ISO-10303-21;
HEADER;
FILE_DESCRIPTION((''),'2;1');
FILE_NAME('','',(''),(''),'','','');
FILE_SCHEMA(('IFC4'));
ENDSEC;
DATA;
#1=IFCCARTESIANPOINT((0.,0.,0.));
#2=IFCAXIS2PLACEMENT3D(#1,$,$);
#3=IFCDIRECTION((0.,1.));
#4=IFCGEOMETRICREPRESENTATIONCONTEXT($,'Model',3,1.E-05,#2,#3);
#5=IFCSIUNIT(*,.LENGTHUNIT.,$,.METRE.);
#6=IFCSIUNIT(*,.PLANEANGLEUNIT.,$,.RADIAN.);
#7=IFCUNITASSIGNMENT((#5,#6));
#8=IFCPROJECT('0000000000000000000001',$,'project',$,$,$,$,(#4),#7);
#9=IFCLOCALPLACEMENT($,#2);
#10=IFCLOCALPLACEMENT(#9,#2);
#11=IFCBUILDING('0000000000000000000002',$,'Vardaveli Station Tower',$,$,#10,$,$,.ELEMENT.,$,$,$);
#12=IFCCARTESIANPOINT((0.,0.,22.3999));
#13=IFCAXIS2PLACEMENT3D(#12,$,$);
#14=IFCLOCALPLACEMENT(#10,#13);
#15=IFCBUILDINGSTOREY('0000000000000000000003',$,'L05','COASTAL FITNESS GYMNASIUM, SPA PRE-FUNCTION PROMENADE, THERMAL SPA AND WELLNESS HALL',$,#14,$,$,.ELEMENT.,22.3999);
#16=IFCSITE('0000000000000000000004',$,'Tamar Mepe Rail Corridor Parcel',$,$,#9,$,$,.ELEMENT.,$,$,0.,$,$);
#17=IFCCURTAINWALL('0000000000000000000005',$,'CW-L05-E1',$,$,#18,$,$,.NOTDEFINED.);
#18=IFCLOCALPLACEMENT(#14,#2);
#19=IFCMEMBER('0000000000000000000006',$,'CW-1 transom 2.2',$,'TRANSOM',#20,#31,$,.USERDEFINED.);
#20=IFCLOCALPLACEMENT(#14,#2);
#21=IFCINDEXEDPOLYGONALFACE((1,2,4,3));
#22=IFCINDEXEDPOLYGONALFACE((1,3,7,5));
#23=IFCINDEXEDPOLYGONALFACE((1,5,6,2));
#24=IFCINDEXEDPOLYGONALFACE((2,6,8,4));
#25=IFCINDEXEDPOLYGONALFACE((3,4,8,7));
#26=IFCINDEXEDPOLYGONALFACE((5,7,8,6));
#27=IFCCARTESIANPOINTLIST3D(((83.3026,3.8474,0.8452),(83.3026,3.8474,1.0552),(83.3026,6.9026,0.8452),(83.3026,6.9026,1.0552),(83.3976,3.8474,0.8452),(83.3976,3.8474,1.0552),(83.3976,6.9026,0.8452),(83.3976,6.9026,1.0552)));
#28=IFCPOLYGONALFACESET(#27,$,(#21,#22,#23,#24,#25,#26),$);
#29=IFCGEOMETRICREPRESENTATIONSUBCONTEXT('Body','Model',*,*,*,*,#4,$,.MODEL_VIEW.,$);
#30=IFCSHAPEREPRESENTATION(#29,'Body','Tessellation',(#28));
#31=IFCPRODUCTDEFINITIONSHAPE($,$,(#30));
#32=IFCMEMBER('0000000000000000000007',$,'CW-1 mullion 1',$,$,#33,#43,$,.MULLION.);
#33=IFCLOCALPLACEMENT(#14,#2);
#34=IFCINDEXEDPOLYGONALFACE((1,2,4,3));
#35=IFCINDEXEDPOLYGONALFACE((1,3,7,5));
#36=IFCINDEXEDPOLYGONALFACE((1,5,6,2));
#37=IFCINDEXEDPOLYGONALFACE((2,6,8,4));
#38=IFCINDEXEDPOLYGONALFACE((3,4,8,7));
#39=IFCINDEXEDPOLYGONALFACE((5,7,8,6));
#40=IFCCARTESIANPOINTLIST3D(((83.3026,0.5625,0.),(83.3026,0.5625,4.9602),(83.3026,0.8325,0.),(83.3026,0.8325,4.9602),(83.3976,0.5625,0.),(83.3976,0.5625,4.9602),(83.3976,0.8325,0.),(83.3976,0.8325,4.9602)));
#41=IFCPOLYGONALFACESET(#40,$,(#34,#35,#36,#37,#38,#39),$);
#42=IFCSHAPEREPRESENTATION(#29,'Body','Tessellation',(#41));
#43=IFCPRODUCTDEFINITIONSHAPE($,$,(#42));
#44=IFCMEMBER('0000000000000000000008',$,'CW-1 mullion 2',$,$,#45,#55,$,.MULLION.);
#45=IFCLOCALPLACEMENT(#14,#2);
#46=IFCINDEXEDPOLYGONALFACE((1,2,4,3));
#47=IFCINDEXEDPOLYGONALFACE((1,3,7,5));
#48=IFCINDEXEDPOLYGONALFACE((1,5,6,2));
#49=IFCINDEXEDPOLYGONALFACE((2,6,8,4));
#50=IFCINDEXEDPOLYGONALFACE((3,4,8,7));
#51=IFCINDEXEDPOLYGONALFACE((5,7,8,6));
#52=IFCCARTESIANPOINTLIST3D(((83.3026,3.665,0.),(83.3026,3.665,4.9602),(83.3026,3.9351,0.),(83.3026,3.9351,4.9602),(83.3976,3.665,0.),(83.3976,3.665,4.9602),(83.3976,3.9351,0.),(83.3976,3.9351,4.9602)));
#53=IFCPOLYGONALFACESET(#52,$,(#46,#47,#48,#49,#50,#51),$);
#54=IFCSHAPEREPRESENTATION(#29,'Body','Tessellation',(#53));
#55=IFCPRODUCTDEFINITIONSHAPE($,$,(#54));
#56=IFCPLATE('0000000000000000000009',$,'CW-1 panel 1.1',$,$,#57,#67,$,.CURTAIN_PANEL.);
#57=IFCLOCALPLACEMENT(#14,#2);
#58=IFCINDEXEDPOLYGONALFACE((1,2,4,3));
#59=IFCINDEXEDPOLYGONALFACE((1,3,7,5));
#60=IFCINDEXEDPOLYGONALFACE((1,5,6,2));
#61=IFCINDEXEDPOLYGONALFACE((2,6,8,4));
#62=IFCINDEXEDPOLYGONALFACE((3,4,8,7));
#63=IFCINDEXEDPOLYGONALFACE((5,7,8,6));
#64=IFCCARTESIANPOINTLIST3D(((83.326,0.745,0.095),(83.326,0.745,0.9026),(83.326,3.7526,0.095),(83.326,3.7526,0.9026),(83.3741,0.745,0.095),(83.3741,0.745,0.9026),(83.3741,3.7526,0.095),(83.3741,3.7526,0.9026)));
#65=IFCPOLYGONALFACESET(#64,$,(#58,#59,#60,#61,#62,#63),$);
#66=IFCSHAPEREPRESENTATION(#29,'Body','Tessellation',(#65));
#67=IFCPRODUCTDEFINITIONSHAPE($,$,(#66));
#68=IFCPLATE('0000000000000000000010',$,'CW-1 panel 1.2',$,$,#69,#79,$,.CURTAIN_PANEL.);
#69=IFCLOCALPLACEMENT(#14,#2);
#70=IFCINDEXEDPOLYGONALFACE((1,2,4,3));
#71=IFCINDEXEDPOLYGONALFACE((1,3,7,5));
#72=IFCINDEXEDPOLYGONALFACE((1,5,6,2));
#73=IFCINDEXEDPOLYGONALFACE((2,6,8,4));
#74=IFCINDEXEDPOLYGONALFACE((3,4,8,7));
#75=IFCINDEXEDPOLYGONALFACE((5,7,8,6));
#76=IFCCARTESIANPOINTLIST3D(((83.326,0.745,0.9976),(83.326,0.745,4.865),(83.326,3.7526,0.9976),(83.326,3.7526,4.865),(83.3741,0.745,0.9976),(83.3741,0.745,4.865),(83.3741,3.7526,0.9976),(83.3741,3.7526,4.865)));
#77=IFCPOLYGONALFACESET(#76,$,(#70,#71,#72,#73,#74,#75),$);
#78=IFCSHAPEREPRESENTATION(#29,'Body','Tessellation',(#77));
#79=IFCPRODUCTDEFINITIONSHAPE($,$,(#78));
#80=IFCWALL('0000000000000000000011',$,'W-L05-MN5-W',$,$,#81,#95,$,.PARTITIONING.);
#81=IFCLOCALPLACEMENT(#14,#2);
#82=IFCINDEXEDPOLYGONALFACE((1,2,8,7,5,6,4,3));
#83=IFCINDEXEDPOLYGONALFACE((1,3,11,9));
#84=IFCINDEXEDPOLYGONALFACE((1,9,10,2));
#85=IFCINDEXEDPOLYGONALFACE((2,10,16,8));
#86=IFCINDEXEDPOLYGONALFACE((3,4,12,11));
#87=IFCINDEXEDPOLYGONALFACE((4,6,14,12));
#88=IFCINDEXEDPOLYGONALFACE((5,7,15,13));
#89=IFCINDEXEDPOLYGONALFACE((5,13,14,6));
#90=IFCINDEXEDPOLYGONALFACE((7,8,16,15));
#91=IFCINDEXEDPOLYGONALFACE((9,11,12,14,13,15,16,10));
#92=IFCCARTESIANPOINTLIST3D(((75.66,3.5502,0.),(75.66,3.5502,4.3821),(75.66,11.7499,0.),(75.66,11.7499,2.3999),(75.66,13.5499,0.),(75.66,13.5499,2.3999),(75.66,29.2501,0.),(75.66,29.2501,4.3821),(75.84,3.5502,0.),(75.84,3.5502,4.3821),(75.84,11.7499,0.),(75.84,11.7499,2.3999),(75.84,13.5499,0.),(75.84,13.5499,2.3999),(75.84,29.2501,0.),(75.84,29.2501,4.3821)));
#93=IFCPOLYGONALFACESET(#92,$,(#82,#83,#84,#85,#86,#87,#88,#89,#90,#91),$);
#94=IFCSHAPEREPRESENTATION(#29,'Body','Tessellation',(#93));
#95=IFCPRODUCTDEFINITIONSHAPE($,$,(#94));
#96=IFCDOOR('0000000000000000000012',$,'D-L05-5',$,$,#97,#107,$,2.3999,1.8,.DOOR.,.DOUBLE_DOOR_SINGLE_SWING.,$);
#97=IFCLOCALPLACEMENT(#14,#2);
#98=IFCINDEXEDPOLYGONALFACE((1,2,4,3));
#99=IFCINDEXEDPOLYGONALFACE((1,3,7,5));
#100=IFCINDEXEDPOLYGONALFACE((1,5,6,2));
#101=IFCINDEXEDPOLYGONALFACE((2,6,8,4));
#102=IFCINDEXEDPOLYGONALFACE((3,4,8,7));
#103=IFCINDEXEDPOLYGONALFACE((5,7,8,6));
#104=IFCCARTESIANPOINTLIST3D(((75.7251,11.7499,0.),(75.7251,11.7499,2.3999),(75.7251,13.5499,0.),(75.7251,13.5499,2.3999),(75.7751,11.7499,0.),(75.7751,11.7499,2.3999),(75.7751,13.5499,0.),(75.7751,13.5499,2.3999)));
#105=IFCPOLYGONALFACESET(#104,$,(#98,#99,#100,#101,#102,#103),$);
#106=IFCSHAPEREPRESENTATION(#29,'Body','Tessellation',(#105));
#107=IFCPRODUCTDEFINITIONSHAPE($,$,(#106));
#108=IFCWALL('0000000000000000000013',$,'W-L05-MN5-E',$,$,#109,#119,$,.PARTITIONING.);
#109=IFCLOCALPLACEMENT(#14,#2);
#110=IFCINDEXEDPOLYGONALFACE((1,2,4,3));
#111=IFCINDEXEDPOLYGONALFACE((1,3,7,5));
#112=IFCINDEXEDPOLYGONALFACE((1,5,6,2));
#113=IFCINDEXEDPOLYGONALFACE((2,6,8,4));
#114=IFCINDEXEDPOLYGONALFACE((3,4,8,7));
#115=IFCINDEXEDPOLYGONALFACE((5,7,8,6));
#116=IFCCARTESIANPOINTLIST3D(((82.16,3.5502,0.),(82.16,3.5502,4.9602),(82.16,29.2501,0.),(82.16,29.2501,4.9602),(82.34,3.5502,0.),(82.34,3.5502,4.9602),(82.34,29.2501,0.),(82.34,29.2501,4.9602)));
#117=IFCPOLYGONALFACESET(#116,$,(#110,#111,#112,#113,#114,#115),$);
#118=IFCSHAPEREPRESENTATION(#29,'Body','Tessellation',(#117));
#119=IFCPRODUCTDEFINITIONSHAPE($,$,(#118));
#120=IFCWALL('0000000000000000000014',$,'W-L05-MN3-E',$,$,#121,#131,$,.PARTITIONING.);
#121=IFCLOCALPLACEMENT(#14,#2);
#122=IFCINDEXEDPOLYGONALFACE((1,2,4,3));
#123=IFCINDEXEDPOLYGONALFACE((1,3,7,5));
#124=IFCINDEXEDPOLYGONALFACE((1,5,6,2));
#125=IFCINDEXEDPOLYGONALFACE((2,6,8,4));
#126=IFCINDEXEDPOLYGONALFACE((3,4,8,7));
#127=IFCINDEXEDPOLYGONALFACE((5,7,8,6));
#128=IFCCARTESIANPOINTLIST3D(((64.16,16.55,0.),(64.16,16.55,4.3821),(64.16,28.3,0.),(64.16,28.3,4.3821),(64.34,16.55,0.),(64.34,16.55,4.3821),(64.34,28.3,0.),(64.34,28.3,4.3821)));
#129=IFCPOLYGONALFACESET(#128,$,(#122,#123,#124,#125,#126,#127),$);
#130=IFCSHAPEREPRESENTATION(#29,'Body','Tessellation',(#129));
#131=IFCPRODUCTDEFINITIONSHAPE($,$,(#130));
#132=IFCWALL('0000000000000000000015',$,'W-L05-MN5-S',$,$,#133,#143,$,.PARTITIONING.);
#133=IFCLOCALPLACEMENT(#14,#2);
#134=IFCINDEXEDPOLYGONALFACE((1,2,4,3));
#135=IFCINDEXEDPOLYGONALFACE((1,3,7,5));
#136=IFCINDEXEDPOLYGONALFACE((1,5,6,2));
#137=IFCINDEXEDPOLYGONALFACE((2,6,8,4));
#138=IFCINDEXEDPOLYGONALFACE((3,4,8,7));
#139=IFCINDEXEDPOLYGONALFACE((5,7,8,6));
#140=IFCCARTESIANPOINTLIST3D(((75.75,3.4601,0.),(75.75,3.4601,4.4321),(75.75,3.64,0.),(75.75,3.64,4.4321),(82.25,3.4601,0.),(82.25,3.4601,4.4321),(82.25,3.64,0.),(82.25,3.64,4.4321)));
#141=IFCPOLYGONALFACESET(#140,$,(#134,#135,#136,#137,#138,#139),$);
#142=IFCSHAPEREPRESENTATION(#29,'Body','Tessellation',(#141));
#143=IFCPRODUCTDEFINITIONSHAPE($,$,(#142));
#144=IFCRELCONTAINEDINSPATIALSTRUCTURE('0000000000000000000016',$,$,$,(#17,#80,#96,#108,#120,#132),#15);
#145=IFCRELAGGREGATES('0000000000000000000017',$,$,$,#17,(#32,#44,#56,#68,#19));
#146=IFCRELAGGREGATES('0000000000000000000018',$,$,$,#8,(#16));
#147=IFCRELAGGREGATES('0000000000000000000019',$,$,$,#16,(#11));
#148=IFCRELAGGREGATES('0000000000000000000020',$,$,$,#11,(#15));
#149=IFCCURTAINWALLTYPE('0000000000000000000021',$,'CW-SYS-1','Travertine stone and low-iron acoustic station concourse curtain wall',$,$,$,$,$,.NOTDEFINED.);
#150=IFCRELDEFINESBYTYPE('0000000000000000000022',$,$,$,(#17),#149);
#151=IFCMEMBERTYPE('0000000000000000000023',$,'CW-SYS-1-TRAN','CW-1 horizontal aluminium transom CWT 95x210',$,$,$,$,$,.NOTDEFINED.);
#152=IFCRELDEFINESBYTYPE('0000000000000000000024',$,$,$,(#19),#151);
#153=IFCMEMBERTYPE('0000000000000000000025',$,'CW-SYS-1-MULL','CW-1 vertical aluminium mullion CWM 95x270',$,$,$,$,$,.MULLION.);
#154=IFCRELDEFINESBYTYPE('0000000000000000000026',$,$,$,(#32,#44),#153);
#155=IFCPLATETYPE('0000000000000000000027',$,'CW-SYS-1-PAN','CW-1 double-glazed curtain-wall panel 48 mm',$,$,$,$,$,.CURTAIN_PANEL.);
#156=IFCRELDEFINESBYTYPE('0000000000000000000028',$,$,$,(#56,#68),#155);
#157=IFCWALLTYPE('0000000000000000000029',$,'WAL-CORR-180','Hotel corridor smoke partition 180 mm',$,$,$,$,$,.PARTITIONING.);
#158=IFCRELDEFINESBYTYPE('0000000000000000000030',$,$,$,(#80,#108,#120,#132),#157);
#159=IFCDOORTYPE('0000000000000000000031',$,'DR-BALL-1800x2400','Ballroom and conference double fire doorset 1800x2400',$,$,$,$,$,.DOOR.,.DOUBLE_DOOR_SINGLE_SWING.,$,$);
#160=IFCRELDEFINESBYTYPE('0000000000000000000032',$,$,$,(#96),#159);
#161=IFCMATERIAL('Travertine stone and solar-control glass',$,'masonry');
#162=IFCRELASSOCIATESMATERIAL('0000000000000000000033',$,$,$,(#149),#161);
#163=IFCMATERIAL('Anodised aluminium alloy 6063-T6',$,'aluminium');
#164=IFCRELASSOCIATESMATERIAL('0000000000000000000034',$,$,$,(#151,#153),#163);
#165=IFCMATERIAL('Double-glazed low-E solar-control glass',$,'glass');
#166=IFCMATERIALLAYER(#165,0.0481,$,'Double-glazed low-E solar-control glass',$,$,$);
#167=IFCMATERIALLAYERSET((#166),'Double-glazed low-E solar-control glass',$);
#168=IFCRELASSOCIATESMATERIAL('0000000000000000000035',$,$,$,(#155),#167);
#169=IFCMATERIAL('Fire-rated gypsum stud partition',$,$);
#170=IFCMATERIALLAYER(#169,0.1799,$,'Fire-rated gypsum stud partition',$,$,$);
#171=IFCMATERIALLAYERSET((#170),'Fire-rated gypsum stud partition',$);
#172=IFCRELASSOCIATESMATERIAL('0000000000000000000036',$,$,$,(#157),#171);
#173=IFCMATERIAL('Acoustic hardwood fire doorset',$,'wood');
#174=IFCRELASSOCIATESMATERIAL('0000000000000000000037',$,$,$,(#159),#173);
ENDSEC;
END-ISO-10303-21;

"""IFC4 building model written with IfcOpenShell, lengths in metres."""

from ifc_helpers import new_model, si_unit, direction, frame, frame_2d, origin, origin_2d, place, context, subcontext, project, spatial, rectangle, extrude, source, transform, mapped, material, layer, layer_set, material_profile, profile_set, type_object, element, fill, aggregate, save


model = new_model("IFC4")

# Units and contexts
model_context = context("Model", 3, precision=1e-05, world=origin(), true_north=direction((0.0, 1.0)))
body_context = subcontext(model_context, "Body", "Model", "MODEL_VIEW")
ifc_project = project(units=[si_unit("LENGTHUNIT", "METRE"), si_unit("PLANEANGLEUNIT", "RADIAN")], contexts=[model_context])

# Site, building, storey
site_placement = place(None, origin())
site = spatial("IfcSite", under=ifc_project, at=site_placement, Name="Tamar Mepe Rail Corridor Parcel", CompositionType="ELEMENT", RefElevation=0.0)
building_placement = place(site_placement, origin())
building = spatial("IfcBuilding", under=site, at=building_placement, Name="Vardaveli Station Tower", CompositionType="ELEMENT")
storey_placement = place(building_placement, frame((0.0, 0.0, 22.3999)))
storey = spatial("IfcBuildingStorey", under=building, at=storey_placement, Name="L05", Description="COASTAL FITNESS GYMNASIUM, SPA PRE-FUNCTION PROMENADE, THERMAL SPA AND WELLNESS HALL", CompositionType="ELEMENT", Elevation=22.3999)

# Curtain wall, members, plates
ifc_material_1 = material(Name="Travertine stone and solar-control glass", Category="masonry")
curtain_wall_type = type_object("IfcCurtainWallType", Name="CW-SYS-1", Description="Travertine stone and low-iron acoustic station concourse curtain wall", PredefinedType="NOTDEFINED", material=ifc_material_1)
curtain_wall_placement = place(storey_placement, origin())
curtain_wall = element("IfcCurtainWall", 1, at=curtain_wall_placement, inside=storey, type_object=curtain_wall_type, Name="CW-L05-E1", PredefinedType="NOTDEFINED")
ifc_material_2 = material(Name="Anodised aluminium alloy 6063-T6", Category="aluminium")
ifc_material_profile_1 = material_profile(ifc_material_2, rectangle(XDim=0.095, YDim=0.21, at=origin_2d()), Name="CWT 95x210")
ifc_profile_set_1 = profile_set([ifc_material_profile_1], Name="Anodised aluminium alloy 6063-T6")
member_type_1 = type_object("IfcMemberType", Name="CW-SYS-1-TRAN", Description="CW-1 horizontal aluminium transom CWT 95x210", PredefinedType="NOTDEFINED", material=ifc_profile_set_1)
shared_shape_1 = source(origin(), body_context, "Body", "SweptSolid", [
    extrude(rectangle(XDim=0.095, YDim=0.21, at=origin_2d()), origin(), (0.0, 0.0, 1.0), 3.0552),
])
member_1_placement = place(storey_placement, frame((83.3501, 3.8474, 0.9502), z_axis=(0.0, 1.0, 0.0), x_axis=(-1.0, 0.0, 0.0)))
member_1 = element("IfcMember", 2, at=member_1_placement, type_object=member_type_1, Name="CW-1 transom 2.2", ObjectType="TRANSOM", PredefinedType="USERDEFINED", context=body_context, shape_type="MappedRepresentation", body=[
    mapped(shared_shape_1, transform((0.0, 0.0, 0.0), scale=1.0)),
])
ifc_material_profile_2 = material_profile(ifc_material_2, rectangle(XDim=0.095, YDim=0.27, at=origin_2d()), Name="CWM 95x270")
ifc_profile_set_2 = profile_set([ifc_material_profile_2], Name="Anodised aluminium alloy 6063-T6")
member_type_2 = type_object("IfcMemberType", Name="CW-SYS-1-MULL", Description="CW-1 vertical aluminium mullion CWM 95x270", PredefinedType="MULLION", material=ifc_profile_set_2)
shared_shape_2 = source(origin(), body_context, "Body", "SweptSolid", [
    extrude(rectangle(XDim=0.095, YDim=0.27, at=origin_2d()), origin(), (0.0, 0.0, 1.0), 4.9602),
])
member_2_placement = place(storey_placement, frame((83.3501, 0.6975, 0.0), z_axis=(0.0, 0.0, 1.0), x_axis=(-1.0, 0.0, 0.0)))
member_2 = element("IfcMember", 3, at=member_2_placement, type_object=member_type_2, Name="CW-1 mullion 1", PredefinedType="MULLION", context=body_context, shape_type="MappedRepresentation", body=[
    mapped(shared_shape_2, transform((0.0, 0.0, 0.0), scale=1.0)),
])
member_3_placement = place(storey_placement, frame((83.3501, 3.8, 0.0), z_axis=(0.0, 0.0, 1.0), x_axis=(-1.0, 0.0, 0.0)))
member_3 = element("IfcMember", 4, at=member_3_placement, type_object=member_type_2, Name="CW-1 mullion 2", PredefinedType="MULLION", context=body_context, shape_type="MappedRepresentation", body=[
    mapped(shared_shape_2, transform((0.0, 0.0, 0.0), scale=1.0)),
])
ifc_material_3 = material(Name="Double-glazed low-E solar-control glass", Category="glass")
ifc_layer_1 = layer(ifc_material_3, 0.0481, Name="Double-glazed low-E solar-control glass")
ifc_layer_set_1 = layer_set([ifc_layer_1], Name="Double-glazed low-E solar-control glass")
plate_type = type_object("IfcPlateType", Name="CW-SYS-1-PAN", Description="CW-1 double-glazed curtain-wall panel 48 mm", PredefinedType="CURTAIN_PANEL", material=ifc_layer_set_1)
shared_shape_3 = source(origin(), body_context, "Body", "SweptSolid", [
    extrude(rectangle(XDim=3.0076, YDim=0.0481, at=origin_2d()), origin(), (0.0, 0.0, 1.0), 0.8076),
])
plate_1_placement = place(storey_placement, frame((83.3501, 2.2488, 0.095), z_axis=(0.0, 0.0, 1.0), x_axis=(0.0, 1.0, 0.0)))
plate_1 = element("IfcPlate", 5, at=plate_1_placement, type_object=plate_type, Name="CW-1 panel 1.1", PredefinedType="CURTAIN_PANEL", context=body_context, shape_type="MappedRepresentation", body=[
    mapped(shared_shape_3, transform((0.0, 0.0, 0.0), scale=1.0)),
])
shared_shape_4 = source(origin(), body_context, "Body", "SweptSolid", [
    extrude(rectangle(XDim=3.0076, YDim=0.0481, at=origin_2d()), origin(), (0.0, 0.0, 1.0), 3.8674),
])
plate_2_placement = place(storey_placement, frame((83.3501, 2.2488, 0.9976), z_axis=(0.0, 0.0, 1.0), x_axis=(0.0, 1.0, 0.0)))
plate_2 = element("IfcPlate", 6, at=plate_2_placement, type_object=plate_type, Name="CW-1 panel 1.2", PredefinedType="CURTAIN_PANEL", context=body_context, shape_type="MappedRepresentation", body=[
    mapped(shared_shape_4, transform((0.0, 0.0, 0.0), scale=1.0)),
])
aggregate(curtain_wall, [member_2, member_3, plate_1, plate_2, member_1])

# Wall, opening, door
ifc_material_4 = material(Name="Fire-rated gypsum stud partition")
ifc_layer_2 = layer(ifc_material_4, 0.1799, Name="Fire-rated gypsum stud partition")
ifc_layer_set_2 = layer_set([ifc_layer_2], Name="Fire-rated gypsum stud partition")
wall_type = type_object("IfcWallType", Name="WAL-CORR-180", Description="Hotel corridor smoke partition 180 mm", PredefinedType="PARTITIONING", material=ifc_layer_set_2)
shared_shape_5 = source(origin(), body_context, "Body", "SweptSolid", [
    extrude(rectangle(XDim=25.7, YDim=0.1799, at=frame_2d((12.8501, 0.0))), origin(), (0.0, 0.0, 1.0), 4.3821),
])
wall_1_placement = place(storey_placement, frame((75.75, 3.55, 0.0), z_axis=(0.0, 0.0, 1.0), x_axis=(0.0, 1.0, 0.0)))
wall_1 = element("IfcWall", 7, at=wall_1_placement, inside=storey, type_object=wall_type, Name="W-L05-MN5-W", PredefinedType="PARTITIONING", context=body_context, shape_type="MappedRepresentation", body=[
    mapped(shared_shape_5, transform((0.0, 0.0, 0.0), scale=1.0)),
])
shared_shape_6 = source(origin(), body_context, "Body", "SweptSolid", [
    extrude(rectangle(XDim=1.8, YDim=2.3999, at=frame_2d((0.8999, 1.2))), frame((0.0, 0.1001, 0.0), z_axis=(0.0, -1.0, 0.0), x_axis=(1.0, 0.0, 0.0)), (0.0, 0.0, 1.0), 0.2),
])
opening_placement = place(wall_1_placement, frame((8.2, 0.0, 0.0)))
opening = element("IfcOpeningElement", 8, at=opening_placement, cuts=wall_1, PredefinedType="OPENING", context=body_context, shape_type="MappedRepresentation", body=[
    mapped(shared_shape_6, transform((0.0, 0.0, 0.0), scale=1.0)),
])
ifc_material_5 = material(Name="Acoustic hardwood fire doorset", Category="wood")
door_type = type_object("IfcDoorType", Name="DR-BALL-1800x2400", Description="Ballroom and conference double fire doorset 1800x2400", OperationType="DOUBLE_DOOR_SINGLE_SWING", PredefinedType="DOOR", material=ifc_material_5)
shared_shape_7 = source(origin(), body_context, "Body", "SweptSolid", [
    extrude(rectangle(XDim=1.8, YDim=2.3999, at=frame_2d((0.8999, 1.2))), frame((0.0, 0.0249, 0.0), z_axis=(0.0, -1.0, 0.0), x_axis=(1.0, 0.0, 0.0)), (0.0, 0.0, 1.0), 0.05),
])
door_placement = place(opening_placement, origin())
door = element("IfcDoor", 9, at=door_placement, inside=storey, type_object=door_type, Name="D-L05-5", OperationType="DOUBLE_DOOR_SINGLE_SWING", OverallHeight=2.3999, OverallWidth=1.8, PredefinedType="DOOR", context=body_context, shape_type="MappedRepresentation", body=[
    mapped(shared_shape_7, transform((0.0, 0.0, 0.0), scale=1.0)),
])
fill(opening, door)

# Walls
shared_shape_8 = source(origin(), body_context, "Body", "SweptSolid", [
    extrude(rectangle(XDim=25.7, YDim=0.1799, at=frame_2d((12.8501, 0.0))), origin(), (0.0, 0.0, 1.0), 4.9602),
])
wall_2_placement = place(storey_placement, frame((82.25, 3.55, 0.0), z_axis=(0.0, 0.0, 1.0), x_axis=(0.0, 1.0, 0.0)))
element("IfcWall", 10, at=wall_2_placement, inside=storey, type_object=wall_type, Name="W-L05-MN5-E", PredefinedType="PARTITIONING", context=body_context, shape_type="MappedRepresentation", body=[
    mapped(shared_shape_8, transform((0.0, 0.0, 0.0), scale=1.0)),
])
shared_shape_9 = source(origin(), body_context, "Body", "SweptSolid", [
    extrude(rectangle(XDim=11.75, YDim=0.1799, at=frame_2d((5.875, 0.0))), origin(), (0.0, 0.0, 1.0), 4.3821),
])
wall_3_placement = place(storey_placement, frame((64.25, 16.55, 0.0), z_axis=(0.0, 0.0, 1.0), x_axis=(0.0, 1.0, 0.0)))
element("IfcWall", 11, at=wall_3_placement, inside=storey, type_object=wall_type, Name="W-L05-MN3-E", PredefinedType="PARTITIONING", context=body_context, shape_type="MappedRepresentation", body=[
    mapped(shared_shape_9, transform((0.0, 0.0, 0.0), scale=1.0)),
])
shared_shape_10 = source(origin(), body_context, "Body", "SweptSolid", [
    extrude(rectangle(XDim=6.5, YDim=0.1799, at=frame_2d((3.25, 0.0))), origin(), (0.0, 0.0, 1.0), 4.4321),
])
wall_4_placement = place(storey_placement, frame((75.75, 3.55, 0.0), z_axis=(0.0, 0.0, 1.0), x_axis=(1.0, 0.0, 0.0)))
element("IfcWall", 12, at=wall_4_placement, inside=storey, type_object=wall_type, Name="W-L05-MN5-S", PredefinedType="PARTITIONING", context=body_context, shape_type="MappedRepresentation", body=[
    mapped(shared_shape_10, transform((0.0, 0.0, 0.0), scale=1.0)),
])

save(model, "model.ifc")
